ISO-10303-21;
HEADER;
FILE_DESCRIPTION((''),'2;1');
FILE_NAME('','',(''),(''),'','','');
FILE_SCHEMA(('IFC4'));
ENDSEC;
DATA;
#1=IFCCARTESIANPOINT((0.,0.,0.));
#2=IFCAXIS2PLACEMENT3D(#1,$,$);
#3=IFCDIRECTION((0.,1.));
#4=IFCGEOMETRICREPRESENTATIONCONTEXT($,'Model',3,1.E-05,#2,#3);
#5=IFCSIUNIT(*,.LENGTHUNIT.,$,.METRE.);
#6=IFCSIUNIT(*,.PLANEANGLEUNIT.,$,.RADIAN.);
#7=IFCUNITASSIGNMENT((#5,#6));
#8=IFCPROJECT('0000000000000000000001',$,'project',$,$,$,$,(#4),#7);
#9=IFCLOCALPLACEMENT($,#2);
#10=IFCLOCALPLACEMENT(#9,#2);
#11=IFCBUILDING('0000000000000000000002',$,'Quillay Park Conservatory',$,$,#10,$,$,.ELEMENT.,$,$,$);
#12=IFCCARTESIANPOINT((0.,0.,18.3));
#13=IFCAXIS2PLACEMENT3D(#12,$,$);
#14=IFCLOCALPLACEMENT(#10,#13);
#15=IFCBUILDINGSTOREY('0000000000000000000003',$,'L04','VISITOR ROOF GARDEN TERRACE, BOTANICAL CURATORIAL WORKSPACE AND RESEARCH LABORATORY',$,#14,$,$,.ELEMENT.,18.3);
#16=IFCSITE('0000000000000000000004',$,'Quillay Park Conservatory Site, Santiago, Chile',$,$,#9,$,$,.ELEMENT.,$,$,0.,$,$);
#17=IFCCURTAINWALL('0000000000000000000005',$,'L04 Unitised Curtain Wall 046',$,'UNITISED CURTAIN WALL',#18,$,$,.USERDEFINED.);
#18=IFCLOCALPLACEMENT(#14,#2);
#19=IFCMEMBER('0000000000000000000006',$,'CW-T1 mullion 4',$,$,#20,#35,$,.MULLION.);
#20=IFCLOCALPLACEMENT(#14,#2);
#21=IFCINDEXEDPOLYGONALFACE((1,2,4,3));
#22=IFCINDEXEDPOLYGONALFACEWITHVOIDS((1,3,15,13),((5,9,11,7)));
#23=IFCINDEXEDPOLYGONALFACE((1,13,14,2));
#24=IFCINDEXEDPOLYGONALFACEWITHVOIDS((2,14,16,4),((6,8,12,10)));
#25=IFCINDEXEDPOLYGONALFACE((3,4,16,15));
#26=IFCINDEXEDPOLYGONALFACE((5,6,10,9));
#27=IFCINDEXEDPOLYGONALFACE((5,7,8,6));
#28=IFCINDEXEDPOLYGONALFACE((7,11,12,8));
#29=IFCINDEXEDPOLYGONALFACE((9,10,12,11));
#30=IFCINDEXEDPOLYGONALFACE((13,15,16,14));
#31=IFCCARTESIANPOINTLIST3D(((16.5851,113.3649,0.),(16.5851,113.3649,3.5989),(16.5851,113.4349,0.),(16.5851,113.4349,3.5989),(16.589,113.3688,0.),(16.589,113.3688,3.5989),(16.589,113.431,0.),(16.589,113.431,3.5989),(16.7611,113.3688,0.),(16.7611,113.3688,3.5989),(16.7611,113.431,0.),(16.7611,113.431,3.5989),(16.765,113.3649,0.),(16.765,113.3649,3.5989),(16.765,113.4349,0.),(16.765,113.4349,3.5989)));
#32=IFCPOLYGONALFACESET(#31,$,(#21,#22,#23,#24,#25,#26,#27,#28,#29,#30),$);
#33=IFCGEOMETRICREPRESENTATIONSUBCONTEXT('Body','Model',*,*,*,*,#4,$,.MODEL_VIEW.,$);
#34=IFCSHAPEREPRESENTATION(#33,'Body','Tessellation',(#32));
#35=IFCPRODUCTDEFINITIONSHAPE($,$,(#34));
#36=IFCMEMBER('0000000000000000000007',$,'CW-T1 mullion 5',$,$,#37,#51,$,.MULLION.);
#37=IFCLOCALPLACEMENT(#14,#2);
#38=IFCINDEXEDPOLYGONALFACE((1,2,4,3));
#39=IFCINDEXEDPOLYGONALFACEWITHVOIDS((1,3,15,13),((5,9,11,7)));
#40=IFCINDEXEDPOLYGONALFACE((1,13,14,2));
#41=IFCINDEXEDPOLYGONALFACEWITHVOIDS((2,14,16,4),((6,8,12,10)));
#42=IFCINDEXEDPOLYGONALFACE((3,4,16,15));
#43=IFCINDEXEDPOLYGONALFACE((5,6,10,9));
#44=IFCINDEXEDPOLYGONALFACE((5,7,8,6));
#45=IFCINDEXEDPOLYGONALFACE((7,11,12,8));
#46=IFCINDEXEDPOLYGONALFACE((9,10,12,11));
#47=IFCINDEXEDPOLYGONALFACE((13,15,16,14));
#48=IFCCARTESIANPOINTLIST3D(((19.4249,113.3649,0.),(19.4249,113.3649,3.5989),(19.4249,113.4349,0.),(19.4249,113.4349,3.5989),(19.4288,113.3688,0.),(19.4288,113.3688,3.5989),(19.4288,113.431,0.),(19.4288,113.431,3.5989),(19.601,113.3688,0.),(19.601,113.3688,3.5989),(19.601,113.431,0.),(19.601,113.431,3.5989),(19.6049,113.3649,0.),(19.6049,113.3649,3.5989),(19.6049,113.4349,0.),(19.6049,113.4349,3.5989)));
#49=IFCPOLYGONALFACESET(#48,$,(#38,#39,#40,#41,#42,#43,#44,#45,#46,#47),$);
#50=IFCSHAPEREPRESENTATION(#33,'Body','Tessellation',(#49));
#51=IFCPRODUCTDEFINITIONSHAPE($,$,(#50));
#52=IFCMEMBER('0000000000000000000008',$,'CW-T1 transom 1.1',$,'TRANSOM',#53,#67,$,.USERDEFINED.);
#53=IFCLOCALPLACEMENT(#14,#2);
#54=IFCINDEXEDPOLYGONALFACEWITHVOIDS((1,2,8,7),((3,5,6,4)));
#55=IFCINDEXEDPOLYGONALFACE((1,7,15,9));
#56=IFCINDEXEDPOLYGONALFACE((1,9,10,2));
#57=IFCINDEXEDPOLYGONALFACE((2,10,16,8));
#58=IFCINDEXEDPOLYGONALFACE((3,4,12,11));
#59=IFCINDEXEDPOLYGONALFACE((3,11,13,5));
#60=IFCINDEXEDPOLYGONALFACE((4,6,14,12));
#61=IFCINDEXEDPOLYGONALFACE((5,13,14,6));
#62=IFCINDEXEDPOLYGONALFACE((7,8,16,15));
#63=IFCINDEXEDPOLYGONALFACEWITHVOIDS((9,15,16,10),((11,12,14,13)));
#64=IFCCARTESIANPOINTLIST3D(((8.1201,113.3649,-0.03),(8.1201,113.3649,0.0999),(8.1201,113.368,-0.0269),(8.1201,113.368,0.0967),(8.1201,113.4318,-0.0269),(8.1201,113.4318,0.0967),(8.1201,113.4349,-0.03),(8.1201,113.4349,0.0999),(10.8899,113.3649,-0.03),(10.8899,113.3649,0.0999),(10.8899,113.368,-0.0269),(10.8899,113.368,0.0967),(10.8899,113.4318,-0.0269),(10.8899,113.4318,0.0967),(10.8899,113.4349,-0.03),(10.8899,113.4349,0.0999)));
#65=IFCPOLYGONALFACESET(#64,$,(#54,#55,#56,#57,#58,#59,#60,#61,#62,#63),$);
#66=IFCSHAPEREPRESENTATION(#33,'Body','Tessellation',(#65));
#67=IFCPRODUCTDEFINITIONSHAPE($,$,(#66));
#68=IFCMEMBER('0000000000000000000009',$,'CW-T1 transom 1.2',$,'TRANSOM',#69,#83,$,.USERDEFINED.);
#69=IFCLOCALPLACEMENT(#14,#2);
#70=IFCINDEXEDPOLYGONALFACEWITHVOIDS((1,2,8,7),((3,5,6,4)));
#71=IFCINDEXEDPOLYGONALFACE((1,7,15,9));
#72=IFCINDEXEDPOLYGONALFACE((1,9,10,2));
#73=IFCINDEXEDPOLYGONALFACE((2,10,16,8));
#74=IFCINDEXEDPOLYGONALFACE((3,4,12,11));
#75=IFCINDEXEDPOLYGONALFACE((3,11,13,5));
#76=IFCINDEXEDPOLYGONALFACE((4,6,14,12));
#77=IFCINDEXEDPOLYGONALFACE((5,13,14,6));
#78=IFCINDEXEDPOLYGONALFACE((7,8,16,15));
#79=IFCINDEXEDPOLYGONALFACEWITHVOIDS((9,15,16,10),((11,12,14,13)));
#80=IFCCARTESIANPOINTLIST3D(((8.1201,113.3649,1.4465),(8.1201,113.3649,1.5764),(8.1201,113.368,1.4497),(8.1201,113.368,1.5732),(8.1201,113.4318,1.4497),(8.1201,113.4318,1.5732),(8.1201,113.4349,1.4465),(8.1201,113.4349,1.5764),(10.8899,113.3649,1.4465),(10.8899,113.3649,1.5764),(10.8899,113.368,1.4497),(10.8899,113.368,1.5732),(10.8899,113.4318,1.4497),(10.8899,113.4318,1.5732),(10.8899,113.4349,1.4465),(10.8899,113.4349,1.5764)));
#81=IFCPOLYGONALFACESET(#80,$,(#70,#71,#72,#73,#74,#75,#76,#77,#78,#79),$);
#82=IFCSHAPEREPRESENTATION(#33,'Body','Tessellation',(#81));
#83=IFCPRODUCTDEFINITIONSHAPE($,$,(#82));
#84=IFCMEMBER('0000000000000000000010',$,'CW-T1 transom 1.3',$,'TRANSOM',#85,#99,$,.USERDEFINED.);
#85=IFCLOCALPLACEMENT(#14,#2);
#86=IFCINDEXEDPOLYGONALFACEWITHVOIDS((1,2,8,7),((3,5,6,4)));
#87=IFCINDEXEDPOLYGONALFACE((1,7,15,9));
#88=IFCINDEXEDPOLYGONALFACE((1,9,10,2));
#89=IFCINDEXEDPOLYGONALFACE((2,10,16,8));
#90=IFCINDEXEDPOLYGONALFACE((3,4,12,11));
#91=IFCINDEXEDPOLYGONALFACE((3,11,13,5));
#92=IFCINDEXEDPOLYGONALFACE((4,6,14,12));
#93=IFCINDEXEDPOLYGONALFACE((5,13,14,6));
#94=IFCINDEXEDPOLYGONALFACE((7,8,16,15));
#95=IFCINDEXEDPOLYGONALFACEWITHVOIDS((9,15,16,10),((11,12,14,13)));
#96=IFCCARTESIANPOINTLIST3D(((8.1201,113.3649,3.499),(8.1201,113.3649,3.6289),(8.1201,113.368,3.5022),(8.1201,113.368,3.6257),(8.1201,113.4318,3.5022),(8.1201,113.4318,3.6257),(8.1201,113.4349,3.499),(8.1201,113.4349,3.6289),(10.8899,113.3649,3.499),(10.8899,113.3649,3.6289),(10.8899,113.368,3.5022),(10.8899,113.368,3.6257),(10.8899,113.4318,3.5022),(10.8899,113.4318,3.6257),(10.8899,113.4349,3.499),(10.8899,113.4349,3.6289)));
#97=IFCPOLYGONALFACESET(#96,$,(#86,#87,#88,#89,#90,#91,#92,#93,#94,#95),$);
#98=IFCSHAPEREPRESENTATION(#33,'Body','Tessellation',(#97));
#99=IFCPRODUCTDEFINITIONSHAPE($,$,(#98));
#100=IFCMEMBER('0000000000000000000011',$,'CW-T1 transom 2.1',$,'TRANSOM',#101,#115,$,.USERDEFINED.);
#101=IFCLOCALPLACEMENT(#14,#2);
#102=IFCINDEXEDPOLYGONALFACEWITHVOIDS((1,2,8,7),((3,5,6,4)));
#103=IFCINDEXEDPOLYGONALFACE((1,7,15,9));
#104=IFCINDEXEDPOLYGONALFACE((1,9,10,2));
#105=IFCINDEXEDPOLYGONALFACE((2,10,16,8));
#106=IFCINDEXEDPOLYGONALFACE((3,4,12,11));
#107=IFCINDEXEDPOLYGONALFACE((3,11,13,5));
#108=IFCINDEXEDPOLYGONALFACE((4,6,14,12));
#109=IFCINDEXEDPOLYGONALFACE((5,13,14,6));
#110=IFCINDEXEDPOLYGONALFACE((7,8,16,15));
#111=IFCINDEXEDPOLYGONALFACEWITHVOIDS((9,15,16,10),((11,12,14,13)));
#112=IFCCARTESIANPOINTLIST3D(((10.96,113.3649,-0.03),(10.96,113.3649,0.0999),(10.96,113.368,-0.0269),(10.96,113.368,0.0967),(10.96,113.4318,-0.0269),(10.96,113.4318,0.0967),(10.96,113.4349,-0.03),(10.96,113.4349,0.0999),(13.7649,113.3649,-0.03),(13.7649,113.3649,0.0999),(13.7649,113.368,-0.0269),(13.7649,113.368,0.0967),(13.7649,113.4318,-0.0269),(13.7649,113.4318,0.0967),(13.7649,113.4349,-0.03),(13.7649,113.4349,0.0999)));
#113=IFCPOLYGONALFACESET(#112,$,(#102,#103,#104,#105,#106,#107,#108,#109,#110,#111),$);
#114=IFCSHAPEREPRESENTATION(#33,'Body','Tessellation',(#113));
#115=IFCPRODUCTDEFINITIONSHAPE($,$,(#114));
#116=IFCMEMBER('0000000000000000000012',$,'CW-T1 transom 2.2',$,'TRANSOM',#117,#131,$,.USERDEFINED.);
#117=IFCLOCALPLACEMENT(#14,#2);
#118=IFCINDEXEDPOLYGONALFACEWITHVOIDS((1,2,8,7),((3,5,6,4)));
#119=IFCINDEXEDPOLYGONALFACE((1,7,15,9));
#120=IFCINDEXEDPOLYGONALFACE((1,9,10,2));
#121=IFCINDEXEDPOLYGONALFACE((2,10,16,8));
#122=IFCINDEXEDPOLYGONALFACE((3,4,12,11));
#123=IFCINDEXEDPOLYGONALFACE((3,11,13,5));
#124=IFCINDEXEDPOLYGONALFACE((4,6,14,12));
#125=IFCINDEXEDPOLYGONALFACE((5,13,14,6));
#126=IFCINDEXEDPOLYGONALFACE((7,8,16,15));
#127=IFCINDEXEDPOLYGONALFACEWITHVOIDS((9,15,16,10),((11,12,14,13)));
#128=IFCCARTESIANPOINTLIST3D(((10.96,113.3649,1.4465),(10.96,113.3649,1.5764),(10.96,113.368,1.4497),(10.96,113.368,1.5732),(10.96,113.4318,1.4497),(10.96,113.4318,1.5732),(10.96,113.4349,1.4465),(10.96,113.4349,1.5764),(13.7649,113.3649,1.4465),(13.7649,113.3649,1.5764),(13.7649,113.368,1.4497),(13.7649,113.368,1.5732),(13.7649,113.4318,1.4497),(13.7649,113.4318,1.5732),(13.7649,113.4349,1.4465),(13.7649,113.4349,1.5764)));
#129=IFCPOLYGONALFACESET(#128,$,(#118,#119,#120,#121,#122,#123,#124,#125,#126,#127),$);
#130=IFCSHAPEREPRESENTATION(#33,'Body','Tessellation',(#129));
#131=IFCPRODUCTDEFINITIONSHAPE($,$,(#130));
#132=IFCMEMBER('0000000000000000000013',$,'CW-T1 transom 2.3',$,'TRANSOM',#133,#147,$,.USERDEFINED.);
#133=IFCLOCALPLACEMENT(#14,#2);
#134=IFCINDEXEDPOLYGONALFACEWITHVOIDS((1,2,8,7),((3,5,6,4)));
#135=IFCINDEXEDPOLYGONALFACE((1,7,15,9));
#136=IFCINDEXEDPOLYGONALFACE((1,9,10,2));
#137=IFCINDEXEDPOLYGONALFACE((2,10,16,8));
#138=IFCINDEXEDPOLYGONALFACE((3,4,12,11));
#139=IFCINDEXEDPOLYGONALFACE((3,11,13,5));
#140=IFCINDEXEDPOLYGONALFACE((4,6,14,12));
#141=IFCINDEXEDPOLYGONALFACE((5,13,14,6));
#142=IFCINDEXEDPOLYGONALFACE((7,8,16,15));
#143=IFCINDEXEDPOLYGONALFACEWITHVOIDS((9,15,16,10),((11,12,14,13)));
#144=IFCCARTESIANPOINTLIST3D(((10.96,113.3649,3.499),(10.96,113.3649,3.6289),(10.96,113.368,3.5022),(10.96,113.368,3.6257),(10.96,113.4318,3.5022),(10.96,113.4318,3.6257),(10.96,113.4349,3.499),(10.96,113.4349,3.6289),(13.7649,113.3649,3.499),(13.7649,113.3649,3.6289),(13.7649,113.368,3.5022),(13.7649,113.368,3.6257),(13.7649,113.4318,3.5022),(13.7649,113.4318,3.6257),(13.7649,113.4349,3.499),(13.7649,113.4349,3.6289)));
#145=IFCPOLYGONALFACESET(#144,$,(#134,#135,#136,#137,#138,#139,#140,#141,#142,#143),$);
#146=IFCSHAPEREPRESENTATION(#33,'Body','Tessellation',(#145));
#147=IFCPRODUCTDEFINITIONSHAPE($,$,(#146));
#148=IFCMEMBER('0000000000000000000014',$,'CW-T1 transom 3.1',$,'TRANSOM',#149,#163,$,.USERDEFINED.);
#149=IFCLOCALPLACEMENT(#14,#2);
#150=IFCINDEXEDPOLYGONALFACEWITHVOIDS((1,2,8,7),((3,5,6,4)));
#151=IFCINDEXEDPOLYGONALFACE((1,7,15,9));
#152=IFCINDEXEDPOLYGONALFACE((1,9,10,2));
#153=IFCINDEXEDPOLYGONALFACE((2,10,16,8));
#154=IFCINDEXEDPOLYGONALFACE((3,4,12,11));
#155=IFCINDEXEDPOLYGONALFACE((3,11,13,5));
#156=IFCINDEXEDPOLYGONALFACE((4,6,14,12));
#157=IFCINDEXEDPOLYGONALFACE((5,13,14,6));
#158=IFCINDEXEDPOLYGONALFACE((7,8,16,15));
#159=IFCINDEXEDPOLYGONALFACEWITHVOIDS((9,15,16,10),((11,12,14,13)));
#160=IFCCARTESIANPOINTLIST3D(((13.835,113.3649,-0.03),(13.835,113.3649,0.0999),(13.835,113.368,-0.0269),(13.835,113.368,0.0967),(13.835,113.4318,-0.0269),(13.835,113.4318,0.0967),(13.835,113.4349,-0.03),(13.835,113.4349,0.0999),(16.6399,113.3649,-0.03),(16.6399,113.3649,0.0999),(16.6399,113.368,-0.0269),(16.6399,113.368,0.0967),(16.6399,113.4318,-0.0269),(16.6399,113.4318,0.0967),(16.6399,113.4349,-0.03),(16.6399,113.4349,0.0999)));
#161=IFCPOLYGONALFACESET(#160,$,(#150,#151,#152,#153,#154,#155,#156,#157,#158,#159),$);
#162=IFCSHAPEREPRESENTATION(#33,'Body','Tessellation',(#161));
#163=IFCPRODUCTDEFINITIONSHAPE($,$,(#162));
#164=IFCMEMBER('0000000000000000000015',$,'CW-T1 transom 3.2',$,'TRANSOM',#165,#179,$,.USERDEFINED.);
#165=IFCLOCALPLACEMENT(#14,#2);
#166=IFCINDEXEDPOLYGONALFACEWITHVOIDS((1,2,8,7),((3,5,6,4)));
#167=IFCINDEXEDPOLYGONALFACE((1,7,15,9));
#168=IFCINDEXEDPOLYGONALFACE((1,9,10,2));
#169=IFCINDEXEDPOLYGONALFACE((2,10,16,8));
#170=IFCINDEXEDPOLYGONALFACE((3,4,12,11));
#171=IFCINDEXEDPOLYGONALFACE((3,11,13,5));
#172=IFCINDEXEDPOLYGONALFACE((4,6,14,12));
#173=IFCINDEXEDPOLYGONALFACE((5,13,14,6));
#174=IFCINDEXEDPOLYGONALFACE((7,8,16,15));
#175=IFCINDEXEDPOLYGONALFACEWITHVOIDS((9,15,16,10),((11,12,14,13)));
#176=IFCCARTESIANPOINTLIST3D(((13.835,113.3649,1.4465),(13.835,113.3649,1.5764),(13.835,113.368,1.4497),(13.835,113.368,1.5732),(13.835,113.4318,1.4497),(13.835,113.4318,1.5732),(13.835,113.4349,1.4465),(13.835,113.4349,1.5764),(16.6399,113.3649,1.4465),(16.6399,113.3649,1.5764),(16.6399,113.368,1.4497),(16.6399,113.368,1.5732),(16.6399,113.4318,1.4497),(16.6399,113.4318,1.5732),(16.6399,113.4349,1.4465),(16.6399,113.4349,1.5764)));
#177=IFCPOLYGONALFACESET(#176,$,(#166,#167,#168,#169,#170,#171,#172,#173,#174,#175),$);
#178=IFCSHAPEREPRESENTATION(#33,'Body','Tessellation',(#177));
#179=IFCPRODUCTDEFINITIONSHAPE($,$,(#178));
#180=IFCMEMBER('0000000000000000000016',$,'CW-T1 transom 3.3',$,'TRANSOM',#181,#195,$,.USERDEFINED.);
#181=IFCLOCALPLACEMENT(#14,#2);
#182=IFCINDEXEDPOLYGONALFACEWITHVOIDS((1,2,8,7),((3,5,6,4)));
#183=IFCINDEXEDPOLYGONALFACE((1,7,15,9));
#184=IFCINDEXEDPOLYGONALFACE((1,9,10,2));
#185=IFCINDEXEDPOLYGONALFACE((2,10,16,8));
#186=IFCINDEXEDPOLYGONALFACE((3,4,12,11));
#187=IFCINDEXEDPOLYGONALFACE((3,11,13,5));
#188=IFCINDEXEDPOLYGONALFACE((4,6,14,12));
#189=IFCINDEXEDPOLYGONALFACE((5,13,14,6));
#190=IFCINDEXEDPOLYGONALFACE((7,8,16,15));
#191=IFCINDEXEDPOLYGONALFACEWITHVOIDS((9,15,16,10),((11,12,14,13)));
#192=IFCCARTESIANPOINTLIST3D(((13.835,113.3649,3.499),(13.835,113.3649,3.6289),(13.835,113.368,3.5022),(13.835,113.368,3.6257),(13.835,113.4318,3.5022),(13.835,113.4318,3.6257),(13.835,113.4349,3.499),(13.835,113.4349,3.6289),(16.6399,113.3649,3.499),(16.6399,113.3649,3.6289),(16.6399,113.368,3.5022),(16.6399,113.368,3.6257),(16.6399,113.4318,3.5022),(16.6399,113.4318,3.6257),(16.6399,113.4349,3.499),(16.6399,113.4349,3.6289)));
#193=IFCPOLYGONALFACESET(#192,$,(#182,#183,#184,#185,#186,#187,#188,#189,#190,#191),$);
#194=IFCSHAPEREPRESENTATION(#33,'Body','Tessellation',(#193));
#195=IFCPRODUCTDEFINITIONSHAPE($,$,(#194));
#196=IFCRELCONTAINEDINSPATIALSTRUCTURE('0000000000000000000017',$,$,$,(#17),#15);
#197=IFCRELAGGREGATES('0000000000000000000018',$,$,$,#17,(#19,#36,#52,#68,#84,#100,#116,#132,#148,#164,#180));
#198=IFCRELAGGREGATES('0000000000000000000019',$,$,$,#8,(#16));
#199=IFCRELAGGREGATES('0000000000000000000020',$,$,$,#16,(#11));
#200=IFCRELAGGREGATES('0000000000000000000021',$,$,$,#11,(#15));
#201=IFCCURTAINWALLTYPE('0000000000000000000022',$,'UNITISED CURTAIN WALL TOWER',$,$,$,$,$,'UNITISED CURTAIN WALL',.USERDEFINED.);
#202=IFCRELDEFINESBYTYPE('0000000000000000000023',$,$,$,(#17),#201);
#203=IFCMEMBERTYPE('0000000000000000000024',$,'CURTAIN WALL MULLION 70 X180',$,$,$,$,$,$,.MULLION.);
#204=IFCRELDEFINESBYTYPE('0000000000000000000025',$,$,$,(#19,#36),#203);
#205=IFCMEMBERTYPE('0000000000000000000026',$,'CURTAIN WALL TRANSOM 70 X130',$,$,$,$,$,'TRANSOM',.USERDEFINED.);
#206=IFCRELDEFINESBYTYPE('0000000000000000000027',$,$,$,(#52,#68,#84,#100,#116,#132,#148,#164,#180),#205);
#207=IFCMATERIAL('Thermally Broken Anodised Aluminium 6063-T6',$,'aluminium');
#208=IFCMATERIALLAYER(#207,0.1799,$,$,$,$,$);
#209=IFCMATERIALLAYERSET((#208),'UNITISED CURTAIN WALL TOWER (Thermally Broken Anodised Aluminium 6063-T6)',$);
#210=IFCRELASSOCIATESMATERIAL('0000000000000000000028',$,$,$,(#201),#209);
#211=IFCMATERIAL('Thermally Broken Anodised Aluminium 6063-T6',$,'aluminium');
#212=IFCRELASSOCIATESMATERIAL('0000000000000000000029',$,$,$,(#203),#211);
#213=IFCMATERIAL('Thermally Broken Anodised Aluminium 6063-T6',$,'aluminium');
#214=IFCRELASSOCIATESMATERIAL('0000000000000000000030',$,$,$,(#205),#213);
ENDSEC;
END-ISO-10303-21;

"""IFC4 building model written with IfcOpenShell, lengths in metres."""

from ifc_helpers import new_model, si_unit, direction, frame, origin, origin_2d, place, context, subcontext, project, spatial, hollow_rectangle, extrude, material, layer, layer_set, material_profile, profile_set, type_object, element, aggregate, save


model = new_model("IFC4")

# Units and contexts
model_context = context("Model", 3, precision=1e-05, world=origin(), true_north=direction((0.0, 1.0)))
body_context = subcontext(model_context, "Body", "Model", "MODEL_VIEW")
ifc_project = project(units=[si_unit("LENGTHUNIT", "METRE"), si_unit("PLANEANGLEUNIT", "RADIAN")], contexts=[model_context])

# Site, building, storey
site_placement = place(None, origin())
site = spatial("IfcSite", under=ifc_project, at=site_placement, Name="Quillay Park Conservatory Site, Santiago, Chile", CompositionType="ELEMENT", RefElevation=0.0)
building_placement = place(site_placement, origin())
building = spatial("IfcBuilding", under=site, at=building_placement, Name="Quillay Park Conservatory", CompositionType="ELEMENT")
storey_placement = place(building_placement, frame((0.0, 0.0, 18.3)))
storey = spatial("IfcBuildingStorey", under=building, at=storey_placement, Name="L04", Description="VISITOR ROOF GARDEN TERRACE, BOTANICAL CURATORIAL WORKSPACE AND RESEARCH LABORATORY", CompositionType="ELEMENT", Elevation=18.3)

# Curtain wall, members
ifc_material_1 = material(Name="Thermally Broken Anodised Aluminium 6063-T6", Category="aluminium")
ifc_layer_1 = layer(ifc_material_1, 0.1799)
ifc_layer_set_1 = layer_set([ifc_layer_1], Name="UNITISED CURTAIN WALL TOWER (Thermally Broken Anodised Aluminium 6063-T6)")
curtain_wall_type = type_object("IfcCurtainWallType", Name="UNITISED CURTAIN WALL TOWER", ElementType="UNITISED CURTAIN WALL", PredefinedType="USERDEFINED", material=ifc_layer_set_1)
curtain_wall_placement = place(storey_placement, origin())
curtain_wall = element("IfcCurtainWall", 1, at=curtain_wall_placement, inside=storey, type_object=curtain_wall_type, Name="L04 Unitised Curtain Wall 046", ObjectType="UNITISED CURTAIN WALL", PredefinedType="USERDEFINED")
ifc_material_2 = material(Name="Thermally Broken Anodised Aluminium 6063-T6", Category="aluminium")
ifc_material_profile_1 = material_profile(ifc_material_2, hollow_rectangle(XDim=0.0701, YDim=0.1799, WallThickness=0.0039, at=origin_2d()), Name="AL70x180x4")
ifc_profile_set_1 = profile_set([ifc_material_profile_1], Name="Thermally Broken Anodised Aluminium 6063-T6")
member_type_1 = type_object("IfcMemberType", Name="CURTAIN WALL MULLION 70 X180", PredefinedType="MULLION", material=ifc_profile_set_1)
member_1_placement = place(storey_placement, frame((16.675, 113.3999, 0.0), z_axis=(0.0, 0.0, 1.0), x_axis=(0.0, 1.0, 0.0)))
member_1 = element("IfcMember", 2, at=member_1_placement, type_object=member_type_1, Name="CW-T1 mullion 4", PredefinedType="MULLION", context=body_context, shape_type="SweptSolid", body=[
    extrude(hollow_rectangle(XDim=0.0701, YDim=0.1799, WallThickness=0.0039, at=origin_2d()), origin(), (0.0, 0.0, 1.0), 3.5989),
])
member_2_placement = place(storey_placement, frame((19.5149, 113.3999, 0.0), z_axis=(0.0, 0.0, 1.0), x_axis=(0.0, 1.0, 0.0)))
member_2 = element("IfcMember", 3, at=member_2_placement, type_object=member_type_1, Name="CW-T1 mullion 5", PredefinedType="MULLION", context=body_context, shape_type="SweptSolid", body=[
    extrude(hollow_rectangle(XDim=0.0701, YDim=0.1799, WallThickness=0.0039, at=origin_2d()), origin(), (0.0, 0.0, 1.0), 3.5989),
])
ifc_material_3 = material(Name="Thermally Broken Anodised Aluminium 6063-T6", Category="aluminium")
ifc_material_profile_2 = material_profile(ifc_material_3, hollow_rectangle(XDim=0.0701, YDim=0.1299, WallThickness=0.0032, at=origin_2d()), Name="AL70x130x3.2")
ifc_profile_set_2 = profile_set([ifc_material_profile_2], Name="Thermally Broken Anodised Aluminium 6063-T6")
member_type_2 = type_object("IfcMemberType", Name="CURTAIN WALL TRANSOM 70 X130", ElementType="TRANSOM", PredefinedType="USERDEFINED", material=ifc_profile_set_2)
member_3_placement = place(storey_placement, frame((8.1201, 113.3999, 0.0349), z_axis=(1.0, 0.0, 0.0), x_axis=(0.0, 1.0, 0.0)))
member_3 = element("IfcMember", 4, at=member_3_placement, type_object=member_type_2, Name="CW-T1 transom 1.1", ObjectType="TRANSOM", PredefinedType="USERDEFINED", context=body_context, shape_type="SweptSolid", body=[
    extrude(hollow_rectangle(XDim=0.0701, YDim=0.1299, WallThickness=0.0032, at=origin_2d()), origin(), (0.0, 0.0, 1.0), 2.7698),
])
member_4_placement = place(storey_placement, frame((8.1201, 113.3999, 1.5115), z_axis=(1.0, 0.0, 0.0), x_axis=(0.0, 1.0, 0.0)))
member_4 = element("IfcMember", 5, at=member_4_placement, type_object=member_type_2, Name="CW-T1 transom 1.2", ObjectType="TRANSOM", PredefinedType="USERDEFINED", context=body_context, shape_type="SweptSolid", body=[
    extrude(hollow_rectangle(XDim=0.0701, YDim=0.1299, WallThickness=0.0032, at=origin_2d()), origin(), (0.0, 0.0, 1.0), 2.7698),
])
member_5_placement = place(storey_placement, frame((8.1201, 113.3999, 3.564), z_axis=(1.0, 0.0, 0.0), x_axis=(0.0, 1.0, 0.0)))
member_5 = element("IfcMember", 6, at=member_5_placement, type_object=member_type_2, Name="CW-T1 transom 1.3", ObjectType="TRANSOM", PredefinedType="USERDEFINED", context=body_context, shape_type="SweptSolid", body=[
    extrude(hollow_rectangle(XDim=0.0701, YDim=0.1299, WallThickness=0.0032, at=origin_2d()), origin(), (0.0, 0.0, 1.0), 2.7698),
])
member_6_placement = place(storey_placement, frame((10.96, 113.3999, 0.0349), z_axis=(1.0, 0.0, 0.0), x_axis=(0.0, 1.0, 0.0)))
member_6 = element("IfcMember", 7, at=member_6_placement, type_object=member_type_2, Name="CW-T1 transom 2.1", ObjectType="TRANSOM", PredefinedType="USERDEFINED", context=body_context, shape_type="SweptSolid", body=[
    extrude(hollow_rectangle(XDim=0.0701, YDim=0.1299, WallThickness=0.0032, at=origin_2d()), origin(), (0.0, 0.0, 1.0), 2.8049),
])
member_7_placement = place(storey_placement, frame((10.96, 113.3999, 1.5115), z_axis=(1.0, 0.0, 0.0), x_axis=(0.0, 1.0, 0.0)))
member_7 = element("IfcMember", 8, at=member_7_placement, type_object=member_type_2, Name="CW-T1 transom 2.2", ObjectType="TRANSOM", PredefinedType="USERDEFINED", context=body_context, shape_type="SweptSolid", body=[
    extrude(hollow_rectangle(XDim=0.0701, YDim=0.1299, WallThickness=0.0032, at=origin_2d()), origin(), (0.0, 0.0, 1.0), 2.8049),
])
member_8_placement = place(storey_placement, frame((10.96, 113.3999, 3.564), z_axis=(1.0, 0.0, 0.0), x_axis=(0.0, 1.0, 0.0)))
member_8 = element("IfcMember", 9, at=member_8_placement, type_object=member_type_2, Name="CW-T1 transom 2.3", ObjectType="TRANSOM", PredefinedType="USERDEFINED", context=body_context, shape_type="SweptSolid", body=[
    extrude(hollow_rectangle(XDim=0.0701, YDim=0.1299, WallThickness=0.0032, at=origin_2d()), origin(), (0.0, 0.0, 1.0), 2.8049),
])
member_9_placement = place(storey_placement, frame((13.835, 113.3999, 0.0349), z_axis=(1.0, 0.0, 0.0), x_axis=(0.0, 1.0, 0.0)))
member_9 = element("IfcMember", 10, at=member_9_placement, type_object=member_type_2, Name="CW-T1 transom 3.1", ObjectType="TRANSOM", PredefinedType="USERDEFINED", context=body_context, shape_type="SweptSolid", body=[
    extrude(hollow_rectangle(XDim=0.0701, YDim=0.1299, WallThickness=0.0032, at=origin_2d()), origin(), (0.0, 0.0, 1.0), 2.8049),
])
member_10_placement = place(storey_placement, frame((13.835, 113.3999, 1.5115), z_axis=(1.0, 0.0, 0.0), x_axis=(0.0, 1.0, 0.0)))
member_10 = element("IfcMember", 11, at=member_10_placement, type_object=member_type_2, Name="CW-T1 transom 3.2", ObjectType="TRANSOM", PredefinedType="USERDEFINED", context=body_context, shape_type="SweptSolid", body=[
    extrude(hollow_rectangle(XDim=0.0701, YDim=0.1299, WallThickness=0.0032, at=origin_2d()), origin(), (0.0, 0.0, 1.0), 2.8049),
])
member_11_placement = place(storey_placement, frame((13.835, 113.3999, 3.564), z_axis=(1.0, 0.0, 0.0), x_axis=(0.0, 1.0, 0.0)))
member_11 = element("IfcMember", 12, at=member_11_placement, type_object=member_type_2, Name="CW-T1 transom 3.3", ObjectType="TRANSOM", PredefinedType="USERDEFINED", context=body_context, shape_type="SweptSolid", body=[
    extrude(hollow_rectangle(XDim=0.0701, YDim=0.1299, WallThickness=0.0032, at=origin_2d()), origin(), (0.0, 0.0, 1.0), 2.8049),
])

aggregate(curtain_wall, [member_1, member_2, member_3, member_4, member_5, member_6, member_7, member_8, member_9, member_10, member_11])

save(model, "model.ifc")
